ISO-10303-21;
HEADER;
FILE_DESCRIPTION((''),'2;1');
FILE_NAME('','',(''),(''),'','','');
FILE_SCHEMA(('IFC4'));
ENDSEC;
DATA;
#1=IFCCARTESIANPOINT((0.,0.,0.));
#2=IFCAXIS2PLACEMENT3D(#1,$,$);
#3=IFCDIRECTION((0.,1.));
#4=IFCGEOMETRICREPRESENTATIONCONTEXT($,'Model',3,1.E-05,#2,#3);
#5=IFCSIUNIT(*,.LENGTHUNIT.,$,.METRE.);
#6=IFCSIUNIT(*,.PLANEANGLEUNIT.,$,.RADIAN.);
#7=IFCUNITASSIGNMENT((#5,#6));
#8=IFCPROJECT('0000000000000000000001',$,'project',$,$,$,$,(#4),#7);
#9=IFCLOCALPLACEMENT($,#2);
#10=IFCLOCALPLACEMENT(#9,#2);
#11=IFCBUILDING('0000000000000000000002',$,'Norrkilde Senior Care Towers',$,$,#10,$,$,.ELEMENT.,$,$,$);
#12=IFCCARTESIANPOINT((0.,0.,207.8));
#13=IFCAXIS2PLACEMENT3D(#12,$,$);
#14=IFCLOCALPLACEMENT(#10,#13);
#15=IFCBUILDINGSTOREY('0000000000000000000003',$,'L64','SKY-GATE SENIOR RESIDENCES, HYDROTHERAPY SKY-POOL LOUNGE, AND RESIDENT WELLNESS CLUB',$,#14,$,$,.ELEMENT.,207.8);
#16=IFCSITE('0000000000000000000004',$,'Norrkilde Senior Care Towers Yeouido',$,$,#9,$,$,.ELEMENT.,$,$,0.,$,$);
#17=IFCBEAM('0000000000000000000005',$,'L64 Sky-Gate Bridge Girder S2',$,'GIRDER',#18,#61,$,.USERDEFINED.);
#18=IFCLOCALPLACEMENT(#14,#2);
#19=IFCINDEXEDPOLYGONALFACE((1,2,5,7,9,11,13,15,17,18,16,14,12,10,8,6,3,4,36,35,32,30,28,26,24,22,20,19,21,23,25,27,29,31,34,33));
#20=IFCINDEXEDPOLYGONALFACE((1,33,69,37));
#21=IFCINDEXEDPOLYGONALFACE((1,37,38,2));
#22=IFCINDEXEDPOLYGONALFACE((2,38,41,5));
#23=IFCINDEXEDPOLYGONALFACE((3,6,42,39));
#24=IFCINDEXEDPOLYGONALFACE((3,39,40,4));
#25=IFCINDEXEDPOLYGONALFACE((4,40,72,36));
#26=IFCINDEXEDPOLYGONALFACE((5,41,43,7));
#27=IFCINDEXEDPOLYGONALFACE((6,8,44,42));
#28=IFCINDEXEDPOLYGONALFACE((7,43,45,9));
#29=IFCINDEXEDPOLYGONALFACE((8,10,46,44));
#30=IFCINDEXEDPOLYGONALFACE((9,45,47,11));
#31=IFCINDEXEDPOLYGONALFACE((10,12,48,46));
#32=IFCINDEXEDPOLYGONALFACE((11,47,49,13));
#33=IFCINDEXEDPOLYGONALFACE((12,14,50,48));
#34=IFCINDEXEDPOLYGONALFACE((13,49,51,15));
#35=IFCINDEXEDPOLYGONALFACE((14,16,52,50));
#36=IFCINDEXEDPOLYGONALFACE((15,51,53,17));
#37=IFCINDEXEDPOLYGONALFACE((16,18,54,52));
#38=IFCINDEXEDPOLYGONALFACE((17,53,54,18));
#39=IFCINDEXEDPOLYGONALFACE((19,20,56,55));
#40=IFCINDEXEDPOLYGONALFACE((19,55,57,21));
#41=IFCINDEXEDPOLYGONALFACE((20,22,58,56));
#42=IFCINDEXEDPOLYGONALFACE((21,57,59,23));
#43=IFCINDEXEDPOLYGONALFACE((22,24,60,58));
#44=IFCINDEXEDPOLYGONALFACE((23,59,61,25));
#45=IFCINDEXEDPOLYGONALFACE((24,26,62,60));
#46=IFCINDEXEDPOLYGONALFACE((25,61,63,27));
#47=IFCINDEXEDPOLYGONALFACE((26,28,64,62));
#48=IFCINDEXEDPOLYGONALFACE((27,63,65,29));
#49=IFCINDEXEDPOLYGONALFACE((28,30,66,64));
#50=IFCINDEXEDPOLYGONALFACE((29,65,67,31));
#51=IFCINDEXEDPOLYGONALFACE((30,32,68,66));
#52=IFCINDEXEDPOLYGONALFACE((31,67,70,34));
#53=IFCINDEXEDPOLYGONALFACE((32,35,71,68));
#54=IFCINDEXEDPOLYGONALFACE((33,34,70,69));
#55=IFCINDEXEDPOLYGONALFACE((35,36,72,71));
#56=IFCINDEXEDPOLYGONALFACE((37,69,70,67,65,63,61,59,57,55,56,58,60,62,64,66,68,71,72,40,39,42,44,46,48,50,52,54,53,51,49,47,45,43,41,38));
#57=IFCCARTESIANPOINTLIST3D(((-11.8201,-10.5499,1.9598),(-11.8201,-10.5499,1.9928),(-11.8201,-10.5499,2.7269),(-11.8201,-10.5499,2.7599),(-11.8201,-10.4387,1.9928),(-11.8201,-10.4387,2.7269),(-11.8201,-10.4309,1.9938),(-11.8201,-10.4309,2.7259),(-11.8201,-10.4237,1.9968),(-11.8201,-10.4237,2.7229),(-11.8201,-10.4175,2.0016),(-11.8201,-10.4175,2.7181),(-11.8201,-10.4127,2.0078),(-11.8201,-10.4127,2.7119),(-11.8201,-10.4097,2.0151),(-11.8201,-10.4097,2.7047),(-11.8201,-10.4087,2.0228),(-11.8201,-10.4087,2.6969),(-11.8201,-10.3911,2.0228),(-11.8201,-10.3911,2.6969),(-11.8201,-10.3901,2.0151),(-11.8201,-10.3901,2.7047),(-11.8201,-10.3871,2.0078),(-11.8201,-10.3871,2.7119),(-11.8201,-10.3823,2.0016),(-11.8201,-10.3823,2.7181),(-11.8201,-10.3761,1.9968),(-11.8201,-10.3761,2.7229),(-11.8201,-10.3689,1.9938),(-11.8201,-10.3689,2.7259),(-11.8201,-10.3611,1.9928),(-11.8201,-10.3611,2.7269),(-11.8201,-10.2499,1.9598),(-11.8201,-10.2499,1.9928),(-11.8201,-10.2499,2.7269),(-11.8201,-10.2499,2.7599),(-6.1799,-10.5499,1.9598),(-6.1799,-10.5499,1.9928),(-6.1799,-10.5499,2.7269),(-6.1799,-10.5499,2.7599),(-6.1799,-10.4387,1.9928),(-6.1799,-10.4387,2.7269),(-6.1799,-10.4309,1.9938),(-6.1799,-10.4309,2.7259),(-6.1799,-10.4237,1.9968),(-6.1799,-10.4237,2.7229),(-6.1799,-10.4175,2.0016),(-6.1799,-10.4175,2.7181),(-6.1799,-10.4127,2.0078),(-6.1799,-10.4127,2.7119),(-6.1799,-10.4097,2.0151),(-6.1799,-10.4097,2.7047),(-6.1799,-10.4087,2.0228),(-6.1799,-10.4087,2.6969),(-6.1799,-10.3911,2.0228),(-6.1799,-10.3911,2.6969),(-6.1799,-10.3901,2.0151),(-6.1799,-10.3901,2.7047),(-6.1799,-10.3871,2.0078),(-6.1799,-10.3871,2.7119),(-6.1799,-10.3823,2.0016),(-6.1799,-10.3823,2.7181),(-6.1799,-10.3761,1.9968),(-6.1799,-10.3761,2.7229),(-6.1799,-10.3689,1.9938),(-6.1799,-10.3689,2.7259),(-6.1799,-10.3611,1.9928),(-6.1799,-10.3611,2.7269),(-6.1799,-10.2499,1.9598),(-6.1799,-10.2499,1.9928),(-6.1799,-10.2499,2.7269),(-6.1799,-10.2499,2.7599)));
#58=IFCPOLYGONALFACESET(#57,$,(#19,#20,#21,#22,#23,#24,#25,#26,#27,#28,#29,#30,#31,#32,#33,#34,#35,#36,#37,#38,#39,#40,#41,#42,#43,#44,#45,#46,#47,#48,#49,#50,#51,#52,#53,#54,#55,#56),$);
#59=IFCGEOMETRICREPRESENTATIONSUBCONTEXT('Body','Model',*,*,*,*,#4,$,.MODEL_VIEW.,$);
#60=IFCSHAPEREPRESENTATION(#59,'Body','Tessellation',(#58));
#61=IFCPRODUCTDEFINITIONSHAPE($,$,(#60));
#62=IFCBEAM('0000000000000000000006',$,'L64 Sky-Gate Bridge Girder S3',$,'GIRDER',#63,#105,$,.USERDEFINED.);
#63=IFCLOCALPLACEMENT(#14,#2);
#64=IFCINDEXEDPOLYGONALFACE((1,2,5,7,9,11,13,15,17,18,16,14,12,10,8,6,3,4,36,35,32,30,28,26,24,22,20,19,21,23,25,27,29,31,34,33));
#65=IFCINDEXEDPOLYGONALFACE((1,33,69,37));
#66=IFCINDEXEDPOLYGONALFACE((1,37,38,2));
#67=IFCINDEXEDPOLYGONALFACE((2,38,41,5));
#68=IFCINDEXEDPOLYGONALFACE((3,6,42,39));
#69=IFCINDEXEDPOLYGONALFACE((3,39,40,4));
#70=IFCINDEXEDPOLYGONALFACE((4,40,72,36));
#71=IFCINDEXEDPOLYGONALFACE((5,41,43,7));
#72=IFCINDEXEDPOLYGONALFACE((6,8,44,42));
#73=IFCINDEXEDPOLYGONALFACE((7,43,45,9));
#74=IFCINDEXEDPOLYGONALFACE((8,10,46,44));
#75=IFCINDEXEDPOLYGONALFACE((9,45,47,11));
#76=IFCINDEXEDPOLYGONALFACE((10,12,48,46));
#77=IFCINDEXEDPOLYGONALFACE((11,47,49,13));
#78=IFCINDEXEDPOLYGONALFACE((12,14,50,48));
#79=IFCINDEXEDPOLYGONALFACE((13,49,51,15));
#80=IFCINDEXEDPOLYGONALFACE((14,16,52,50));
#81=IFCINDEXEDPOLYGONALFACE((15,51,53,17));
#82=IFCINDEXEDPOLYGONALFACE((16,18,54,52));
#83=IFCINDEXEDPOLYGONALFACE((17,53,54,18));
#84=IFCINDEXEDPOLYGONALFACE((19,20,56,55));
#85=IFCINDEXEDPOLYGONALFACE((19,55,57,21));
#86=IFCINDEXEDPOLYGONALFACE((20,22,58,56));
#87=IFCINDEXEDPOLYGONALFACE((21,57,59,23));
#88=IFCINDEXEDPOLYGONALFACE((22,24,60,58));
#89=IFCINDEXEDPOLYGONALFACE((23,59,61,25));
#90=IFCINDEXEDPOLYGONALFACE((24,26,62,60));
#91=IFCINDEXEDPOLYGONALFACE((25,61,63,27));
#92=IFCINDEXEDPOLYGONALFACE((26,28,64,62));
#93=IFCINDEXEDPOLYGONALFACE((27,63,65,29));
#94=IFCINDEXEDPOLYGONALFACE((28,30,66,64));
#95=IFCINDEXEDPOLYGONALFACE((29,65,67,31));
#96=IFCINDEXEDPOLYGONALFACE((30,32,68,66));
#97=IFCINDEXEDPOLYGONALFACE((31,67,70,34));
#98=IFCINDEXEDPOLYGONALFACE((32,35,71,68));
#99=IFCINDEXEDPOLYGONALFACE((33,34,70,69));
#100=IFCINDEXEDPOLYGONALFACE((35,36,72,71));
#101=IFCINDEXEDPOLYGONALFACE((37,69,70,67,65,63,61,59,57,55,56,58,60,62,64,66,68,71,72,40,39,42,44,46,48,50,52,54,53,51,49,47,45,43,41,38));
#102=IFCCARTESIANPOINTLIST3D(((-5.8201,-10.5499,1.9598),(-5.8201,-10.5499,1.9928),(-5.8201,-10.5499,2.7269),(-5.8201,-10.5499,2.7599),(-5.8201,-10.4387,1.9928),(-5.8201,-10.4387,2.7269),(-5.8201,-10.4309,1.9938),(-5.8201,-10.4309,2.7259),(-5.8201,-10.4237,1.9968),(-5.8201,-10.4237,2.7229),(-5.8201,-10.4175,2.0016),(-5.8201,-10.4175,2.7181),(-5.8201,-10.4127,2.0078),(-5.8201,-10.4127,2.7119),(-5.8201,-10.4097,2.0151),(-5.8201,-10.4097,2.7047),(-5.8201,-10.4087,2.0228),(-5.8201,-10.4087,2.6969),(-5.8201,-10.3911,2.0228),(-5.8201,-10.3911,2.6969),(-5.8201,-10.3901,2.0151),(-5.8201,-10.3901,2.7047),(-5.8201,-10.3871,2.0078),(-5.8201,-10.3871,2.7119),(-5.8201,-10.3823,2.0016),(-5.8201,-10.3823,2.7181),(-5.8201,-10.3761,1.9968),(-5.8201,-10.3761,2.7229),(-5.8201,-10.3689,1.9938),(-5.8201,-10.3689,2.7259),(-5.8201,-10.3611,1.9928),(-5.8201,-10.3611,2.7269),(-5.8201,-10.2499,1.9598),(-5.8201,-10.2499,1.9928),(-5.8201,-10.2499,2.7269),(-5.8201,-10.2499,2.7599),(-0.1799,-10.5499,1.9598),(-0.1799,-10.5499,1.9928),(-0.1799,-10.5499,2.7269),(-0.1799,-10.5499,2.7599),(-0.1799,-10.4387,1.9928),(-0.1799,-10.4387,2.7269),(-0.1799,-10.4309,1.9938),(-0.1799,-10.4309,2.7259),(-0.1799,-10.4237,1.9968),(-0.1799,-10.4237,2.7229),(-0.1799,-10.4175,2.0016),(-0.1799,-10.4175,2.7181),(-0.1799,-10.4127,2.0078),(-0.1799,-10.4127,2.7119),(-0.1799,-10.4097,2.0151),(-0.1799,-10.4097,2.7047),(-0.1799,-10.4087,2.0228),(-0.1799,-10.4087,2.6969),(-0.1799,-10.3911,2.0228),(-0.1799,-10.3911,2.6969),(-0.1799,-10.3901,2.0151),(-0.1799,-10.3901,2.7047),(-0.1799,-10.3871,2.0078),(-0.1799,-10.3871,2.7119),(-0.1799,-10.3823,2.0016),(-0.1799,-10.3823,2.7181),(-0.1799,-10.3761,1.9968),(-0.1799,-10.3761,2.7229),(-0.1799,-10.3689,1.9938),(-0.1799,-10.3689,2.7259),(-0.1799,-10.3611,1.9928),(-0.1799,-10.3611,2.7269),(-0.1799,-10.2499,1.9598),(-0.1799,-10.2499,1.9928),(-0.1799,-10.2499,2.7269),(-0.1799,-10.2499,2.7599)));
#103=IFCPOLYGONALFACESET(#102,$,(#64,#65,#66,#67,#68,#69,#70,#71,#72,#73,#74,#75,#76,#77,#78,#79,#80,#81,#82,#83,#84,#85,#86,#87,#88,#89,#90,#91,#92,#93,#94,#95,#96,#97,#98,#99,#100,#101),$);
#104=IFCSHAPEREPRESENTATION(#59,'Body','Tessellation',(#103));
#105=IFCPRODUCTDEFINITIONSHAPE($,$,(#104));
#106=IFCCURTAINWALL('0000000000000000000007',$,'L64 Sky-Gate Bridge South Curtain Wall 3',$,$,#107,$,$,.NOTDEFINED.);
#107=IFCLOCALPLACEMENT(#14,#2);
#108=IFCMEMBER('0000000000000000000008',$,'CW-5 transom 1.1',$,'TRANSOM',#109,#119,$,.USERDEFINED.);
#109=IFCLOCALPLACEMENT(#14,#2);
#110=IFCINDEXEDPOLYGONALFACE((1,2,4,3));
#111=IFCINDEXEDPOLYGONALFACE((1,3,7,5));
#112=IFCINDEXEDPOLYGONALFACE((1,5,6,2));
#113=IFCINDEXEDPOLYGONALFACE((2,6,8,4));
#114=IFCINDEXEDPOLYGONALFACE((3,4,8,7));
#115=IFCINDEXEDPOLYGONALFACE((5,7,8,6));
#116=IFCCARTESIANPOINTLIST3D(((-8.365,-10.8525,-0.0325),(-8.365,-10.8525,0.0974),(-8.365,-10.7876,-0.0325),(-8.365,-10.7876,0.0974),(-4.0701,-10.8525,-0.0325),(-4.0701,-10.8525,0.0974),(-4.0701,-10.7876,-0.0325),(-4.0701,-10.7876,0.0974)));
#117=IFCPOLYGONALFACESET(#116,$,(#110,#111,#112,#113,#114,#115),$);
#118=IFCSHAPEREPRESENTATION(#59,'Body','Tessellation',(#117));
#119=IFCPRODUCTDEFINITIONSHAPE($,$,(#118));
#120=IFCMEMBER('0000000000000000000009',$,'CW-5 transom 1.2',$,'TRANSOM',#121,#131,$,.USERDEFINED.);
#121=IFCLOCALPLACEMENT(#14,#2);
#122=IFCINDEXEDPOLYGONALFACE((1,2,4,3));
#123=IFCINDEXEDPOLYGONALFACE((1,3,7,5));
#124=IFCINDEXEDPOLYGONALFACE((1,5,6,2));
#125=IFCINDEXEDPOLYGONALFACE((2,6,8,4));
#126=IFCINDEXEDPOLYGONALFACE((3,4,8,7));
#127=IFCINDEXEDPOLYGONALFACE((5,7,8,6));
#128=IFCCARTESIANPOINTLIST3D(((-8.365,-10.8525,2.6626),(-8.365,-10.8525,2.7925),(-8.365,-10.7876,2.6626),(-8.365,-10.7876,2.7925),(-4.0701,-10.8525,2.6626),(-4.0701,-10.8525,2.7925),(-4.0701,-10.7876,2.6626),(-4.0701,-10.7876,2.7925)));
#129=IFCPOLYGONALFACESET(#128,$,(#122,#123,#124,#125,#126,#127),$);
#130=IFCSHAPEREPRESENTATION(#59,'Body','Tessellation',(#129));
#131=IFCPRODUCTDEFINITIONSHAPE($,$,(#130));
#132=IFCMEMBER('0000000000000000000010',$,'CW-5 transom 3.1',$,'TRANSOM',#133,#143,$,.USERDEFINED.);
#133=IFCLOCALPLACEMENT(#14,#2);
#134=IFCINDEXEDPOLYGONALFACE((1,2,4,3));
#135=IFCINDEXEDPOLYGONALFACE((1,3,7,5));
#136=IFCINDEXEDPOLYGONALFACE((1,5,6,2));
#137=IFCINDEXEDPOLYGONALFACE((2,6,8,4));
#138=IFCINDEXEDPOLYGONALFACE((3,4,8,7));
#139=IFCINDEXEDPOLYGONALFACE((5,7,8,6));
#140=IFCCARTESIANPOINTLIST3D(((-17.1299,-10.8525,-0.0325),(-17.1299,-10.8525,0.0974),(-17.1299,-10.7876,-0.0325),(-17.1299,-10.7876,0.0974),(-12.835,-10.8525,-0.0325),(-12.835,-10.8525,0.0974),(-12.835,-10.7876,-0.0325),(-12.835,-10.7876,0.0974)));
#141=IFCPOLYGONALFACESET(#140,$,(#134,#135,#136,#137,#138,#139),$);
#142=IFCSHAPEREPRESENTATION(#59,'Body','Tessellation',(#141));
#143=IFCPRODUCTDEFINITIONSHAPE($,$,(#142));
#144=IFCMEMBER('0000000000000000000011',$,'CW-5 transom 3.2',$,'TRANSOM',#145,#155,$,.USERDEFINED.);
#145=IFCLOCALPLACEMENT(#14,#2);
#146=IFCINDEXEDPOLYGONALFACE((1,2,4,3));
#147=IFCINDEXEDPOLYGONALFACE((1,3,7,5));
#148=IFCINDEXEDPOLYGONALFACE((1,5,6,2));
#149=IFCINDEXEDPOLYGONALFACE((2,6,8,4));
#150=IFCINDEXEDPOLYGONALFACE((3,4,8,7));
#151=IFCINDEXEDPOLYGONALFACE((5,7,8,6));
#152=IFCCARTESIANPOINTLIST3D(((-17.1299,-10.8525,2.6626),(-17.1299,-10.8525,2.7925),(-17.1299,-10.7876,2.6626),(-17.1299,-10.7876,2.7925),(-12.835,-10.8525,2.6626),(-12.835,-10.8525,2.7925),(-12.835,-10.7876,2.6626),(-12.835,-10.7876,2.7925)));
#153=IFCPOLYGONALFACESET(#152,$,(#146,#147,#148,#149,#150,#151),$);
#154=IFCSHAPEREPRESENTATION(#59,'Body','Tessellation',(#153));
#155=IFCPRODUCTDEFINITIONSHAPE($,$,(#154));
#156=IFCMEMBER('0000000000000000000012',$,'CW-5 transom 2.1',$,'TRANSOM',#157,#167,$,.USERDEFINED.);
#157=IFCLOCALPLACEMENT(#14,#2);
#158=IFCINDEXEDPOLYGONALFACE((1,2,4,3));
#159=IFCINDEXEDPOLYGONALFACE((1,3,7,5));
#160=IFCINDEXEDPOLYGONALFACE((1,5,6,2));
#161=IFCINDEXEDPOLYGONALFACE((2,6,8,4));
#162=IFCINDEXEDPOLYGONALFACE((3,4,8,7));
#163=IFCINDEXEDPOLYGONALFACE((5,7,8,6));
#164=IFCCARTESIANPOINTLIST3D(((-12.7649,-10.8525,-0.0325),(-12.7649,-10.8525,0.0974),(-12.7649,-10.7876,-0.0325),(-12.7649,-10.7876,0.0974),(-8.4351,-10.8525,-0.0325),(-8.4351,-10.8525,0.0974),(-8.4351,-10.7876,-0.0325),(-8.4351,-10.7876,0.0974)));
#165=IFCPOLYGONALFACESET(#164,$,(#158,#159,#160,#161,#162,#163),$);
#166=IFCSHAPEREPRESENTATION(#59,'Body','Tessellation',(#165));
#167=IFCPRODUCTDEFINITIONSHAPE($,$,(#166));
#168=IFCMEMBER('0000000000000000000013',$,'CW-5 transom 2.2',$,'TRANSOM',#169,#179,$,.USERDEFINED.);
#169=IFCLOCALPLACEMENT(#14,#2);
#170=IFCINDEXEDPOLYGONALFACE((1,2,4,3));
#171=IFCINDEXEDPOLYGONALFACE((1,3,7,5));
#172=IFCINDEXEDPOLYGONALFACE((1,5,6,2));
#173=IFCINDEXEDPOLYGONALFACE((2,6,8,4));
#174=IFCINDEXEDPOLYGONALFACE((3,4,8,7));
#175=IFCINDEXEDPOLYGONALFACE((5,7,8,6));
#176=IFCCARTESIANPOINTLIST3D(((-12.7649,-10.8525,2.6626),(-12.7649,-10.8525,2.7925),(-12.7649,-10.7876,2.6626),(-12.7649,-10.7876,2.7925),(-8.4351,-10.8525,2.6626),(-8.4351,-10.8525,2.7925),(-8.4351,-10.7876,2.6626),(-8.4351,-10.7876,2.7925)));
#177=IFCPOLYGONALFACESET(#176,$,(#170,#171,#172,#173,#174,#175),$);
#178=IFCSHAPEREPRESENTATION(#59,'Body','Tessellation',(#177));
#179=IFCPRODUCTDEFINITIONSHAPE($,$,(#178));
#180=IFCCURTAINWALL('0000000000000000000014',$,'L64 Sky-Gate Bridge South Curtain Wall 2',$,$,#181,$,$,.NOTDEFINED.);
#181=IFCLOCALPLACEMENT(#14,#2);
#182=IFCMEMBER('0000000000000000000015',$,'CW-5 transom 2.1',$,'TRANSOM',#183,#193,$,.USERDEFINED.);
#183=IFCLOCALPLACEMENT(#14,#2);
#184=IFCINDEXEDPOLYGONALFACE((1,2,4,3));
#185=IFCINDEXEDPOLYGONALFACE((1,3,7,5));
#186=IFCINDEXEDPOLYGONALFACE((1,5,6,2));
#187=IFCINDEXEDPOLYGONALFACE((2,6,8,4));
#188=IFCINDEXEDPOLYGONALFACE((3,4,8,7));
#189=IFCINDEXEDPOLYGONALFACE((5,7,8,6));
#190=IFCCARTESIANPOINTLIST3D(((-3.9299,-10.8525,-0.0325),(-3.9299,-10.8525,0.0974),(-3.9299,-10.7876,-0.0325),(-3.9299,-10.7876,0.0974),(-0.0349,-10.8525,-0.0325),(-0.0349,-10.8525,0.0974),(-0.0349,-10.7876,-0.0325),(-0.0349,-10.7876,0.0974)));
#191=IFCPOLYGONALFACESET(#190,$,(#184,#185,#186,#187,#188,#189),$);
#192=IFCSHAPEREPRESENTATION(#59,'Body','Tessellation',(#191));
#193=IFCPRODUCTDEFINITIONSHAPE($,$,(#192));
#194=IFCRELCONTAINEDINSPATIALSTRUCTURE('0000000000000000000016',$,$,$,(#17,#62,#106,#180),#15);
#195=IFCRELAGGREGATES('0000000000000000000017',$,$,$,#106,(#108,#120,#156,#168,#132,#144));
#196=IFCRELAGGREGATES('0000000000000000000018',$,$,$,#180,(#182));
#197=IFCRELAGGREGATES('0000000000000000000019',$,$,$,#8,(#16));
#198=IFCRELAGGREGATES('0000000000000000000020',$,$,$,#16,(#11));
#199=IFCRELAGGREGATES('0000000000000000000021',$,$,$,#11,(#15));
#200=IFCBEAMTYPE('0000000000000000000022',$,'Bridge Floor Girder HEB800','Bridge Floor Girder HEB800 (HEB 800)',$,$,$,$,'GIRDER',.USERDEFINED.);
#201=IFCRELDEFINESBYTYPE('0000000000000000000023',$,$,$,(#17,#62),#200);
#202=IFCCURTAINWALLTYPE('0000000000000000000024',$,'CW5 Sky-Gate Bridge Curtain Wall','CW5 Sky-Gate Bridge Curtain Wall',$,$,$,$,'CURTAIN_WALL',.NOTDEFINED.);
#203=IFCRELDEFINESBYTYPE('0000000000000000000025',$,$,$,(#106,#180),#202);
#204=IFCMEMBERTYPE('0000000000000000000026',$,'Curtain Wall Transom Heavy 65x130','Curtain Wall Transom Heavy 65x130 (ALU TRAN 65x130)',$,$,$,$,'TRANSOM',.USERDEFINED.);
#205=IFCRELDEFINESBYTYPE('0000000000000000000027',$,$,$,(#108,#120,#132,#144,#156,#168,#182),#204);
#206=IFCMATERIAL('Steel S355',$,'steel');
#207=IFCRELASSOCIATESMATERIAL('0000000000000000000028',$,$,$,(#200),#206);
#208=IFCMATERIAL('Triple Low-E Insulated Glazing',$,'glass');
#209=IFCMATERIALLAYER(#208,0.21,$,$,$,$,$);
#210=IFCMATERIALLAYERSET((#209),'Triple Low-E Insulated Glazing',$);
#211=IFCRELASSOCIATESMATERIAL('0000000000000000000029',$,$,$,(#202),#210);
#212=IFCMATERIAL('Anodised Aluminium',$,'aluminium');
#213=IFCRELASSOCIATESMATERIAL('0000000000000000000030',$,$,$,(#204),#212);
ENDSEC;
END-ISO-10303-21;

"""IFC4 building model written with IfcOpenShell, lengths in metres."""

from ifc_helpers import new_model, si_unit, direction, frame, origin, origin_2d, place, context, subcontext, project, spatial, rectangle, i_section, extrude, source, transform, mapped, material, layer, layer_set, material_profile, profile_set, type_object, type_shapes, element, aggregate, save


model = new_model("IFC4")

# Units and contexts
model_context = context("Model", 3, precision=1e-05, world=origin(), true_north=direction((0.0, 1.0)))
body_context = subcontext(model_context, "Body", "Model", "MODEL_VIEW")
ifc_project = project(units=[si_unit("LENGTHUNIT", "METRE"), si_unit("PLANEANGLEUNIT", "RADIAN")], contexts=[model_context])

# Site, building, storey
site_placement = place(None, origin())
site = spatial("IfcSite", under=ifc_project, at=site_placement, Name="Norrkilde Senior Care Towers Yeouido", CompositionType="ELEMENT", RefElevation=0.0)
building_placement = place(site_placement, origin())
building = spatial("IfcBuilding", under=site, at=building_placement, Name="Norrkilde Senior Care Towers", CompositionType="ELEMENT")
storey_placement = place(building_placement, frame((0.0, 0.0, 207.8)))
storey = spatial("IfcBuildingStorey", under=building, at=storey_placement, Name="L64", Description="SKY-GATE SENIOR RESIDENCES, HYDROTHERAPY SKY-POOL LOUNGE, AND RESIDENT WELLNESS CLUB", CompositionType="ELEMENT", Elevation=207.8)

# Shared definitions
ifc_material_1 = material(Name="Steel S355", Category="steel")

# Beams
ifc_material_profile_1 = material_profile(ifc_material_1, i_section(OverallWidth=0.3, OverallDepth=0.8, WebThickness=0.0176, FlangeThickness=0.033, FilletRadius=0.03, at=origin_2d()), Name="HEB 800")
ifc_profile_set_1 = profile_set([ifc_material_profile_1], Name="Steel S355")
beam_type_1 = type_object("IfcBeamType", Name="Bridge Floor Girder HEB800", Description="Bridge Floor Girder HEB800 (HEB 800)", ElementType="GIRDER", PredefinedType="USERDEFINED", material=ifc_profile_set_1)
shared_shape_1 = source(origin(), body_context, "Body", "SweptSolid", [
    extrude(i_section(OverallWidth=0.3, OverallDepth=0.8, WebThickness=0.0176, FlangeThickness=0.033, FilletRadius=0.03, at=origin_2d()), origin(), (0.0, 0.0, 1.0), 5.6401),
])
type_shapes(beam_type_1, [shared_shape_1])
for number, where, z_axis, x_axis, name in (
    (1, (-11.8201, -10.3999, 2.3599), (1.0, 0.0, 0.0), (0.0, 1.0, 0.0), "L64 Sky-Gate Bridge Girder S2"),
    (2, (-5.8201, -10.3999, 2.3599), (1.0, 0.0, 0.0), (0.0, 1.0, 0.0), "L64 Sky-Gate Bridge Girder S3"),
):
    element("IfcBeam", number, at=place(storey_placement, frame(where, z_axis=z_axis, x_axis=x_axis)), inside=storey, type_object=beam_type_1, Name=name, ObjectType="GIRDER", PredefinedType="USERDEFINED", context=body_context, shape_type="MappedRepresentation", body=[
        mapped(shared_shape_1, transform((0.0, 0.0, 0.0), x_axis=(1.0, 0.0, 0.0), y_axis=(0.0, 1.0, 0.0), z_axis=(0.0, 0.0, 1.0), scale=1.0)),
    ])

# Curtain walls, members
ifc_material_2 = material(Name="Triple Low-E Insulated Glazing", Category="glass")
ifc_layer_1 = layer(ifc_material_2, 0.21)
ifc_layer_set_1 = layer_set([ifc_layer_1], Name="Triple Low-E Insulated Glazing")
curtain_wall_type = type_object("IfcCurtainWallType", Name="CW5 Sky-Gate Bridge Curtain Wall", Description="CW5 Sky-Gate Bridge Curtain Wall", ElementType="CURTAIN_WALL", PredefinedType="NOTDEFINED", material=ifc_layer_set_1)
curtain_wall_1_placement = place(storey_placement, origin())
curtain_wall_1 = element("IfcCurtainWall", 3, at=curtain_wall_1_placement, inside=storey, type_object=curtain_wall_type, Name="L64 Sky-Gate Bridge South Curtain Wall 3", PredefinedType="NOTDEFINED")
ifc_material_3 = material(Name="Anodised Aluminium", Category="aluminium")
ifc_material_profile_2 = material_profile(ifc_material_3, rectangle(XDim=0.0649, YDim=0.1299, at=origin_2d()), Name="ALU TRAN 65x130")
ifc_profile_set_2 = profile_set([ifc_material_profile_2], Name="Anodised Aluminium")
member_type_1 = type_object("IfcMemberType", Name="Curtain Wall Transom Heavy 65x130", Description="Curtain Wall Transom Heavy 65x130 (ALU TRAN 65x130)", ElementType="TRANSOM", PredefinedType="USERDEFINED", material=ifc_profile_set_2)
shared_shape_2 = source(origin(), body_context, "Body", "SweptSolid", [
    extrude(rectangle(XDim=0.0649, YDim=0.1299, at=origin_2d()), origin(), (0.0, 0.0, 1.0), 4.2949),
])
member_1_placement = place(storey_placement, frame((-4.0701, -10.8201, 0.0325), z_axis=(-1.0, 0.0, 0.0), x_axis=(0.0, -1.0, 0.0)))
member_1 = element("IfcMember", 4, at=member_1_placement, type_object=member_type_1, Name="CW-5 transom 1.1", ObjectType="TRANSOM", PredefinedType="USERDEFINED", context=body_context, shape_type="MappedRepresentation", body=[
    mapped(shared_shape_2, transform((0.0, 0.0, 0.0), x_axis=(1.0, 0.0, 0.0), y_axis=(0.0, 1.0, 0.0), z_axis=(0.0, 0.0, 1.0), scale=1.0)),
])
member_2_placement = place(storey_placement, frame((-4.0701, -10.8201, 2.7275), z_axis=(-1.0, 0.0, 0.0), x_axis=(0.0, -1.0, 0.0)))
member_2 = element("IfcMember", 5, at=member_2_placement, type_object=member_type_1, Name="CW-5 transom 1.2", ObjectType="TRANSOM", PredefinedType="USERDEFINED", context=body_context, shape_type="MappedRepresentation", body=[
    mapped(shared_shape_2, transform((0.0, 0.0, 0.0), x_axis=(1.0, 0.0, 0.0), y_axis=(0.0, 1.0, 0.0), z_axis=(0.0, 0.0, 1.0), scale=1.0)),
])
member_3_placement = place(storey_placement, frame((-12.835, -10.8201, 0.0325), z_axis=(-1.0, 0.0, 0.0), x_axis=(0.0, -1.0, 0.0)))
member_3 = element("IfcMember", 6, at=member_3_placement, type_object=member_type_1, Name="CW-5 transom 3.1", ObjectType="TRANSOM", PredefinedType="USERDEFINED", context=body_context, shape_type="MappedRepresentation", body=[
    mapped(shared_shape_2, transform((0.0, 0.0, 0.0), x_axis=(1.0, 0.0, 0.0), y_axis=(0.0, 1.0, 0.0), z_axis=(0.0, 0.0, 1.0), scale=1.0)),
])
member_4_placement = place(storey_placement, frame((-12.835, -10.8201, 2.7275), z_axis=(-1.0, 0.0, 0.0), x_axis=(0.0, -1.0, 0.0)))
member_4 = element("IfcMember", 7, at=member_4_placement, type_object=member_type_1, Name="CW-5 transom 3.2", ObjectType="TRANSOM", PredefinedType="USERDEFINED", context=body_context, shape_type="MappedRepresentation", body=[
    mapped(shared_shape_2, transform((0.0, 0.0, 0.0), x_axis=(1.0, 0.0, 0.0), y_axis=(0.0, 1.0, 0.0), z_axis=(0.0, 0.0, 1.0), scale=1.0)),
])
shared_shape_3 = source(origin(), body_context, "Body", "SweptSolid", [
    extrude(rectangle(XDim=0.0649, YDim=0.1299, at=origin_2d()), origin(), (0.0, 0.0, 1.0), 4.3298),
])
member_5_placement = place(storey_placement, frame((-8.4351, -10.8201, 0.0325), z_axis=(-1.0, 0.0, 0.0), x_axis=(0.0, -1.0, 0.0)))
member_5 = element("IfcMember", 8, at=member_5_placement, type_object=member_type_1, Name="CW-5 transom 2.1", ObjectType="TRANSOM", PredefinedType="USERDEFINED", context=body_context, shape_type="MappedRepresentation", body=[
    mapped(shared_shape_3, transform((0.0, 0.0, 0.0), x_axis=(1.0, 0.0, 0.0), y_axis=(0.0, 1.0, 0.0), z_axis=(0.0, 0.0, 1.0), scale=1.0)),
])
member_6_placement = place(storey_placement, frame((-8.4351, -10.8201, 2.7275), z_axis=(-1.0, 0.0, 0.0), x_axis=(0.0, -1.0, 0.0)))
member_6 = element("IfcMember", 9, at=member_6_placement, type_object=member_type_1, Name="CW-5 transom 2.2", ObjectType="TRANSOM", PredefinedType="USERDEFINED", context=body_context, shape_type="MappedRepresentation", body=[
    mapped(shared_shape_3, transform((0.0, 0.0, 0.0), x_axis=(1.0, 0.0, 0.0), y_axis=(0.0, 1.0, 0.0), z_axis=(0.0, 0.0, 1.0), scale=1.0)),
])
curtain_wall_2_placement = place(storey_placement, origin())
curtain_wall_2 = element("IfcCurtainWall", 10, at=curtain_wall_2_placement, inside=storey, type_object=curtain_wall_type, Name="L64 Sky-Gate Bridge South Curtain Wall 2", PredefinedType="NOTDEFINED")
shared_shape_4 = source(origin(), body_context, "Body", "SweptSolid", [
    extrude(rectangle(XDim=0.0649, YDim=0.1299, at=origin_2d()), origin(), (0.0, 0.0, 1.0), 3.895),
])
type_shapes(member_type_1, [shared_shape_2, shared_shape_3, shared_shape_4])
member_7_placement = place(storey_placement, frame((-0.0349, -10.8201, 0.0325), z_axis=(-1.0, 0.0, 0.0), x_axis=(0.0, -1.0, 0.0)))
member_7 = element("IfcMember", 11, at=member_7_placement, type_object=member_type_1, Name="CW-5 transom 2.1", ObjectType="TRANSOM", PredefinedType="USERDEFINED", context=body_context, shape_type="MappedRepresentation", body=[
    mapped(shared_shape_4, transform((0.0, 0.0, 0.0), x_axis=(1.0, 0.0, 0.0), y_axis=(0.0, 1.0, 0.0), z_axis=(0.0, 0.0, 1.0), scale=1.0)),
])

aggregate(curtain_wall_1, [member_1, member_2, member_5, member_6, member_3, member_4])
aggregate(curtain_wall_2, [member_7])

save(model, "model.ifc")
